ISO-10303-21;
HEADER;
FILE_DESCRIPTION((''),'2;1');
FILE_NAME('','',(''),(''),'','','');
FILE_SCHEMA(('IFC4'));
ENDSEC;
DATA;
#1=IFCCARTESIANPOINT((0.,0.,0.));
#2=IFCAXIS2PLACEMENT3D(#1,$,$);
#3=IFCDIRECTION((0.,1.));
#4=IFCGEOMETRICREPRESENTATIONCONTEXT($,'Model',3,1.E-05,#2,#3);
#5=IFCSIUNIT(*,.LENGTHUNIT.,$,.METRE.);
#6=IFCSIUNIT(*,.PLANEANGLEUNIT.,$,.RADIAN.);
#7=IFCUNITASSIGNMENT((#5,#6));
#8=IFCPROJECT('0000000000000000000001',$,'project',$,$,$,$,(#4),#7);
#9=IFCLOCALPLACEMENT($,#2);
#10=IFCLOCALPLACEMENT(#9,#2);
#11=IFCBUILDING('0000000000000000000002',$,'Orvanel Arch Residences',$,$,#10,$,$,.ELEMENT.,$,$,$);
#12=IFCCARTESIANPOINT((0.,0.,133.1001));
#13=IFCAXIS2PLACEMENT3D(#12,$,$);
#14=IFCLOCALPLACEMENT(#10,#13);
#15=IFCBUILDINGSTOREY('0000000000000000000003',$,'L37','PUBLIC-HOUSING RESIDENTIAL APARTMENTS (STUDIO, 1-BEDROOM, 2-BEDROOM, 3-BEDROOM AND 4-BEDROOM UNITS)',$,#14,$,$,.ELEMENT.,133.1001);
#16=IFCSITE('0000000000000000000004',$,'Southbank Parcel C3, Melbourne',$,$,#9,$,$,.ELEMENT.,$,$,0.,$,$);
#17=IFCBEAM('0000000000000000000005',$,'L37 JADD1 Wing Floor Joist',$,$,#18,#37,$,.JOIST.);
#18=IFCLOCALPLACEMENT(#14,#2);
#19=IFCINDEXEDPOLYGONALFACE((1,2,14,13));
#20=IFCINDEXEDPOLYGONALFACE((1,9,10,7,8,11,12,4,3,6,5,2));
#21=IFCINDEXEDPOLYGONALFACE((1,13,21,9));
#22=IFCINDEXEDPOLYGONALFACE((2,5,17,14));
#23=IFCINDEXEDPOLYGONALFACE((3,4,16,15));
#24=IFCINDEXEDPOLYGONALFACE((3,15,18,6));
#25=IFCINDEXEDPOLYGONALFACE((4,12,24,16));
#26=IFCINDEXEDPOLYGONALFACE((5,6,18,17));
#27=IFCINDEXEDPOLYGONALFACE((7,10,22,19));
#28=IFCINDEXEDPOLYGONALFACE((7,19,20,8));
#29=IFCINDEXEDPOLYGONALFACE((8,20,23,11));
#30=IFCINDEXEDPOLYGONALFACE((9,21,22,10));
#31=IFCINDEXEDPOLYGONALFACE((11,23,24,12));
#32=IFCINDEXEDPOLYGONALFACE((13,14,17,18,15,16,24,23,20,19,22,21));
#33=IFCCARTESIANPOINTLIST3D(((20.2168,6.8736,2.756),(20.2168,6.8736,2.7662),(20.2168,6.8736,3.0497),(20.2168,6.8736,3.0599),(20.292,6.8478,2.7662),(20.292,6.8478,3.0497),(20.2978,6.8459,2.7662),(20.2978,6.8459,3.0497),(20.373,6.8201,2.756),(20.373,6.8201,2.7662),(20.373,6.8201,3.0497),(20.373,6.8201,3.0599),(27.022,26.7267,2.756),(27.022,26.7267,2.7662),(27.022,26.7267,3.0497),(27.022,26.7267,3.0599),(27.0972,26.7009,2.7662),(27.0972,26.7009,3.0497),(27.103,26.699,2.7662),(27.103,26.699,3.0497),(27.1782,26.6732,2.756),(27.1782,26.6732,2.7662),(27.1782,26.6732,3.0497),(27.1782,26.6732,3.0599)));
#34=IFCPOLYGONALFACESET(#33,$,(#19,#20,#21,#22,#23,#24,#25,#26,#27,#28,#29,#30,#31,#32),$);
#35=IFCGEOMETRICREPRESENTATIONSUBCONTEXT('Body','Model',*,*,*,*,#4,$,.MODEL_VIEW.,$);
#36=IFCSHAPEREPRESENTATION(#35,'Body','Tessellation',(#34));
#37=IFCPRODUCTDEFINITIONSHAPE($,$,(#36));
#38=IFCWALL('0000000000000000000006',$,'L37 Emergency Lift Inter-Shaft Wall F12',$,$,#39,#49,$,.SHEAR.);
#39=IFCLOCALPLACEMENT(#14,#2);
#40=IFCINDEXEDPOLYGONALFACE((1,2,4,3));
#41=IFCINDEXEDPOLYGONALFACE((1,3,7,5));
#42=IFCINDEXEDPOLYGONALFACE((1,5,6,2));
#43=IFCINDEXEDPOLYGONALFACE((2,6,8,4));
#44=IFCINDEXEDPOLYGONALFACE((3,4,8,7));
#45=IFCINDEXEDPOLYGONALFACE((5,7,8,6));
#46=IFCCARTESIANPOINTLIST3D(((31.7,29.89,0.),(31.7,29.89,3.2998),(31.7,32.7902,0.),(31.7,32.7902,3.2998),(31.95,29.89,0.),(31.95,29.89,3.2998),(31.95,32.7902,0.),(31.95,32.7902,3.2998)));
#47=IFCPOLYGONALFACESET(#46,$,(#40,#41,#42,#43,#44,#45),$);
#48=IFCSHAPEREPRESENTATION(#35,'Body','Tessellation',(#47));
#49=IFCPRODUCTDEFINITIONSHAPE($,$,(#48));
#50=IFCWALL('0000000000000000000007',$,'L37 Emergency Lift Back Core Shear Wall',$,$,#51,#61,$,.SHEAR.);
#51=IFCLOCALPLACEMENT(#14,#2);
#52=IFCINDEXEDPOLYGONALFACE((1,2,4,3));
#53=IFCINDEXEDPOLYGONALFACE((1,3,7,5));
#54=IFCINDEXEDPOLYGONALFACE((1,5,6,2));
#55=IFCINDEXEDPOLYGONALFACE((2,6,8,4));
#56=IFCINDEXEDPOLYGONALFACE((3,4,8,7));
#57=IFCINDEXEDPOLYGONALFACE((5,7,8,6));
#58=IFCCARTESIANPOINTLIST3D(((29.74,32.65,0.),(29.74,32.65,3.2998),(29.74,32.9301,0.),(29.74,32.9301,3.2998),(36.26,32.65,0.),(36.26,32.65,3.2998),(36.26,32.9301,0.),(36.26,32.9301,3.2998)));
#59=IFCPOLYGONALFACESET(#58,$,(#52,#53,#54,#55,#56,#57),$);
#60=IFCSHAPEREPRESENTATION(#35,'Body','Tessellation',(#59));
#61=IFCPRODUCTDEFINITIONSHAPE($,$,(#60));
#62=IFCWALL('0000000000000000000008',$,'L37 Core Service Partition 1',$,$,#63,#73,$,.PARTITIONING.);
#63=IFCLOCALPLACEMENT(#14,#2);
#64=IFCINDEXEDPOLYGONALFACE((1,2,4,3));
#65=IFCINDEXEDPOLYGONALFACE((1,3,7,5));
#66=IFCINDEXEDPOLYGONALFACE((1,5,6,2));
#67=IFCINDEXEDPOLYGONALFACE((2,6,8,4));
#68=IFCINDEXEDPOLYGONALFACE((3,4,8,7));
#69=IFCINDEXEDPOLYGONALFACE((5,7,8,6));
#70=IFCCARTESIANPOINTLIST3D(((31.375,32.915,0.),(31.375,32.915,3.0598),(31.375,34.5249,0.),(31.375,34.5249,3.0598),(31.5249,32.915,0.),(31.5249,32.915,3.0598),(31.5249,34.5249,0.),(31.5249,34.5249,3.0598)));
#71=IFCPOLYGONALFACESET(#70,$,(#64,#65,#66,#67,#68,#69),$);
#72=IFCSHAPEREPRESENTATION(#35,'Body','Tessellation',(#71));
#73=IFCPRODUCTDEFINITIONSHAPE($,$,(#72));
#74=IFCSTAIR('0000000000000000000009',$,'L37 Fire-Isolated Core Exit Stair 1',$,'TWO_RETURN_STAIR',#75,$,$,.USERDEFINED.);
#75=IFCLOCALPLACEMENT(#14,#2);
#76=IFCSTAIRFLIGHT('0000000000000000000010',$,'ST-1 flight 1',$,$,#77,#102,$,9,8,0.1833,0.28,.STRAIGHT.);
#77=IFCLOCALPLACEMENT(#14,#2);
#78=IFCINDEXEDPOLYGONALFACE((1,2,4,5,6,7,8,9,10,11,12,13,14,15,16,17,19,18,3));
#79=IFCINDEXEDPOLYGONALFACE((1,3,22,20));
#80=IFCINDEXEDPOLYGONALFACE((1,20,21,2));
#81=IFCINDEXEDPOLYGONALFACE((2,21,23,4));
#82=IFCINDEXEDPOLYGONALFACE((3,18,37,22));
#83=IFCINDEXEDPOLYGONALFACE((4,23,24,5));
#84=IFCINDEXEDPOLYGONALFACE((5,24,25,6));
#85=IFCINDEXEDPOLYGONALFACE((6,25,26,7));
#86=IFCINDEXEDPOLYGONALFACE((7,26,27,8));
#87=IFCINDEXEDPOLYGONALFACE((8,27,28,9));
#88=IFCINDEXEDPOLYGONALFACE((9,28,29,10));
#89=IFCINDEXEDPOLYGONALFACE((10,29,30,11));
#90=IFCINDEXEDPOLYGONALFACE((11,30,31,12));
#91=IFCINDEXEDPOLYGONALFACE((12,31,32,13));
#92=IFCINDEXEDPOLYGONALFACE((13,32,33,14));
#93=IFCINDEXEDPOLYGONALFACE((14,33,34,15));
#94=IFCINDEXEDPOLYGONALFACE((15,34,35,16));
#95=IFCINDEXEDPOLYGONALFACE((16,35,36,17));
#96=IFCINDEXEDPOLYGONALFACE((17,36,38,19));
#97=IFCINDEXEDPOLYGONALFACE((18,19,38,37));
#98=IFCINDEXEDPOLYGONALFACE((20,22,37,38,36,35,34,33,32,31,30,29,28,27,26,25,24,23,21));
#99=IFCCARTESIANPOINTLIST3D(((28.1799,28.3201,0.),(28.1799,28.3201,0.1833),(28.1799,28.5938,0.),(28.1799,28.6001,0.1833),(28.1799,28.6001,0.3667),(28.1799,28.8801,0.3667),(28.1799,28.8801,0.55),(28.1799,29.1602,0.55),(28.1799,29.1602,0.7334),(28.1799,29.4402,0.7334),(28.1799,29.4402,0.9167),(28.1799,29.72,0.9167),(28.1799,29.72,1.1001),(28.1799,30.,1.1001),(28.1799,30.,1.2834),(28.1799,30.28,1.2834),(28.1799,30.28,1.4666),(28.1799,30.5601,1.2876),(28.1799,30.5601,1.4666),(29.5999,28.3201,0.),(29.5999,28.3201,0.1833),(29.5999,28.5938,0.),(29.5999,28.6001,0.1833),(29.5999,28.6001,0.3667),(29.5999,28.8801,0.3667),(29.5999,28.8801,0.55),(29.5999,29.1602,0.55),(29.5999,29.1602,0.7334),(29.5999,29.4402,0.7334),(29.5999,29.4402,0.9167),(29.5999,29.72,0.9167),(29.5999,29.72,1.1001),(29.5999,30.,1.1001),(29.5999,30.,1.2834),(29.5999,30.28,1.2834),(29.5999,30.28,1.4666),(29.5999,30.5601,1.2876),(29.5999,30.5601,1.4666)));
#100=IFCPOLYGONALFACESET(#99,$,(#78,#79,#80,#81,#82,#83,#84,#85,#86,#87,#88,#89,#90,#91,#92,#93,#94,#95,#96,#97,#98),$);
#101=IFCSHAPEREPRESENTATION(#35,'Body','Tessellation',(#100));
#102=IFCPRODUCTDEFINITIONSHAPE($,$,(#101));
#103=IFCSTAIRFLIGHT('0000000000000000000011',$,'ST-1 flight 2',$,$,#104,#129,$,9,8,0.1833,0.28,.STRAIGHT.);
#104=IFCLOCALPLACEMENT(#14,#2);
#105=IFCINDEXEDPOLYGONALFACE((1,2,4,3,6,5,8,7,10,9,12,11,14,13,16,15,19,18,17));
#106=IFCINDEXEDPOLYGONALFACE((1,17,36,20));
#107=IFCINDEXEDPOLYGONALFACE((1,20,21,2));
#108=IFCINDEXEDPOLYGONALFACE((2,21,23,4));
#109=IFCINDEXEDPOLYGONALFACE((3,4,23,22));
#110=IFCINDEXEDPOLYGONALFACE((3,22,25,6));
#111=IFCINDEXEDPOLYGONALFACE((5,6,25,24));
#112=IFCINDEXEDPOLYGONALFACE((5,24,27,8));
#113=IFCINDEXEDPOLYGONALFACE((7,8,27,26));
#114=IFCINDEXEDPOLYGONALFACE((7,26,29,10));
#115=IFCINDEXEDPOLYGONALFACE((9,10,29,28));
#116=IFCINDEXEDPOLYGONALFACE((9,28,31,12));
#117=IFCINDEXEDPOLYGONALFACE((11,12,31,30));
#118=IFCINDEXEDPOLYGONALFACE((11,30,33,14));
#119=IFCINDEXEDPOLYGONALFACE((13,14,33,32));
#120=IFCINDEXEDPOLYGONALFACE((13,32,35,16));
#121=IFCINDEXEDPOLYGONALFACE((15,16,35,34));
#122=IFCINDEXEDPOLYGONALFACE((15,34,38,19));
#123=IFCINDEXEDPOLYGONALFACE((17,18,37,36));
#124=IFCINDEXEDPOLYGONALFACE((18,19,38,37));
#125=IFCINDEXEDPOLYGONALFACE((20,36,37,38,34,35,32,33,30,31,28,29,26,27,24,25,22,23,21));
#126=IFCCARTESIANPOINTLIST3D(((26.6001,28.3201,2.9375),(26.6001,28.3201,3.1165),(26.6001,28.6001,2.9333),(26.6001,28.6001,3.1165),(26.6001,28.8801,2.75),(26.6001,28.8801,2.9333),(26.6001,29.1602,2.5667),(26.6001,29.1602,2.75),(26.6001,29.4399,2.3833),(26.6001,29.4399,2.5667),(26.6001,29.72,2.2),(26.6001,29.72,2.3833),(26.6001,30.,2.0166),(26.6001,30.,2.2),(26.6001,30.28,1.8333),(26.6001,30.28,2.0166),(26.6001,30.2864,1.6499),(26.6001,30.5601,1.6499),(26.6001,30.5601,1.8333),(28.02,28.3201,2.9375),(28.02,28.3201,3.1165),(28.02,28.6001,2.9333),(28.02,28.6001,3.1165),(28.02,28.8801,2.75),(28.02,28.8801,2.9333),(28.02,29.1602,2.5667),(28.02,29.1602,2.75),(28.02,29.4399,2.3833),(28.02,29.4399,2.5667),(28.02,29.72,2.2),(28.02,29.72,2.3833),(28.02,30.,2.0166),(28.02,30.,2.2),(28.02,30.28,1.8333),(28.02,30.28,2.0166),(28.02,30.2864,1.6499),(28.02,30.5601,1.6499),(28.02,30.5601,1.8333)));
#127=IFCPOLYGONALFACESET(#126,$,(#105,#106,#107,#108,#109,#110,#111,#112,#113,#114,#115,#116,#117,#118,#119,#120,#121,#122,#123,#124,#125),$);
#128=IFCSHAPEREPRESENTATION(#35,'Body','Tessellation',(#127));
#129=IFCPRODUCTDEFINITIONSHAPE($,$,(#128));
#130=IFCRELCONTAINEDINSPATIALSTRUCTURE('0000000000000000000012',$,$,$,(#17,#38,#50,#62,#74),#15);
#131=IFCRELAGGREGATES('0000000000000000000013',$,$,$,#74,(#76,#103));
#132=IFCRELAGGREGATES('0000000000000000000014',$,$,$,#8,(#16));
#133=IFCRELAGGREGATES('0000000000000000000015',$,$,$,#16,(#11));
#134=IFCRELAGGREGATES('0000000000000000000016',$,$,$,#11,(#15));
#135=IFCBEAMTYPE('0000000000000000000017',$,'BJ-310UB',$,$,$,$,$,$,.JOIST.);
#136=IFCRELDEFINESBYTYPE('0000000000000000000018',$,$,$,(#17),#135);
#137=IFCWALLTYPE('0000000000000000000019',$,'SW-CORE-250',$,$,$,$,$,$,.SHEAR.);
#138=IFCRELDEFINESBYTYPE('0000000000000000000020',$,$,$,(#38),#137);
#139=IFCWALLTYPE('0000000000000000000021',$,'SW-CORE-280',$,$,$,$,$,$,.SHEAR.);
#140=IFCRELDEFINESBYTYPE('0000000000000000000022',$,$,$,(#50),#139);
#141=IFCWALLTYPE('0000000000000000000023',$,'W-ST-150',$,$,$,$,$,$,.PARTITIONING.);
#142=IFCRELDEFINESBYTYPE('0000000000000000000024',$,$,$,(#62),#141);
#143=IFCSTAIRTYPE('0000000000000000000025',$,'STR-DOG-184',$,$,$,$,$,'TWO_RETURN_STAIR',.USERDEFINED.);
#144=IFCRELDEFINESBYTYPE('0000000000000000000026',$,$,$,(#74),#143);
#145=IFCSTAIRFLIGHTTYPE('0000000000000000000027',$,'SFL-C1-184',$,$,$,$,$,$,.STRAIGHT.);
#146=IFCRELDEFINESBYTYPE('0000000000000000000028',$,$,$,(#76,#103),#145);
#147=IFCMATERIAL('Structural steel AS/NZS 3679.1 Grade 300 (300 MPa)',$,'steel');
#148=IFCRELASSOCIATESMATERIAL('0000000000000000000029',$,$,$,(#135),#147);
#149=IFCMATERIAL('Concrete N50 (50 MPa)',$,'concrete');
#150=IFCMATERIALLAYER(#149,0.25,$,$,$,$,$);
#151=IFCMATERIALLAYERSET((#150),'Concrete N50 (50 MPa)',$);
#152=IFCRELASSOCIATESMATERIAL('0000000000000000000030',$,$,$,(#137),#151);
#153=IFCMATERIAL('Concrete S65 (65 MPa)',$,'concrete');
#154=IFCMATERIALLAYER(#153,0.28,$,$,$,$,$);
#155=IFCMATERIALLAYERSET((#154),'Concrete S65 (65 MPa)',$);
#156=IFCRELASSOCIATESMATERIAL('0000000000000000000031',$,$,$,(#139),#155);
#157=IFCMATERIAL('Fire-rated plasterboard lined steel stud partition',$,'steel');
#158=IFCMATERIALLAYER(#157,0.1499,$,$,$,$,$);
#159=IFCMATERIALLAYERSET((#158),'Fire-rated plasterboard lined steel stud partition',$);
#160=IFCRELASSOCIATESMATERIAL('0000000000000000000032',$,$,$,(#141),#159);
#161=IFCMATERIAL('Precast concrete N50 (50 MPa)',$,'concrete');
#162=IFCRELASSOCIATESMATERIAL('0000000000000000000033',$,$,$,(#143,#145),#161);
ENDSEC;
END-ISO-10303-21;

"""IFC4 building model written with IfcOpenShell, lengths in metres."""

from ifc_helpers import new_model, si_unit, direction, frame, frame_2d, origin, origin_2d, place, context, subcontext, project, spatial, polyline, rectangle, i_section, outline, extrude, material, layer, layer_set, material_profile, profile_set, type_object, element, aggregate, save


model = new_model("IFC4")

# Units and contexts
model_context = context("Model", 3, precision=1e-05, world=origin(), true_north=direction((0.0, 1.0)))
body_context = subcontext(model_context, "Body", "Model", "MODEL_VIEW")
ifc_project = project(units=[si_unit("LENGTHUNIT", "METRE"), si_unit("PLANEANGLEUNIT", "RADIAN")], contexts=[model_context])

# Site, building, storey
site_placement = place(None, origin())
site = spatial("IfcSite", under=ifc_project, at=site_placement, Name="Southbank Parcel C3, Melbourne", CompositionType="ELEMENT", RefElevation=0.0)
building_placement = place(site_placement, origin())
building = spatial("IfcBuilding", under=site, at=building_placement, Name="Orvanel Arch Residences", CompositionType="ELEMENT")
storey_placement = place(building_placement, frame((0.0, 0.0, 133.1001)))
storey = spatial("IfcBuildingStorey", under=building, at=storey_placement, Name="L37", Description="PUBLIC-HOUSING RESIDENTIAL APARTMENTS (STUDIO, 1-BEDROOM, 2-BEDROOM, 3-BEDROOM AND 4-BEDROOM UNITS)", CompositionType="ELEMENT", Elevation=133.1001)

# Beam
ifc_material_1 = material(Name="Structural steel AS/NZS 3679.1 Grade 300 (300 MPa)", Category="steel")
ifc_material_profile_1 = material_profile(ifc_material_1, i_section(OverallWidth=0.165, OverallDepth=0.304, WebThickness=0.0061, FlangeThickness=0.0103, at=origin_2d()), Name="310UB40.4")
ifc_profile_set_1 = profile_set([ifc_material_profile_1], Name="Structural steel AS/NZS 3679.1 Grade 300 (300 MPa)")
beam_type_1 = type_object("IfcBeamType", Name="BJ-310UB", PredefinedType="JOIST", material=ifc_profile_set_1)
beam_1_placement = place(storey_placement, frame((27.1001, 26.7, 2.908), z_axis=(-0.324257, -0.945969, 0.0), x_axis=(0.945969, -0.324257, 0.0)))
element("IfcBeam", 1, at=beam_1_placement, inside=storey, type_object=beam_type_1, Name="L37 JADD1 Wing Floor Joist", PredefinedType="JOIST", context=body_context, shape_type="SweptSolid", body=[
    extrude(i_section(OverallWidth=0.165, OverallDepth=0.304, WebThickness=0.0061, FlangeThickness=0.0103, at=origin_2d()), origin(), (0.0, 0.0, 1.0), 20.9871),
])

# Wall
ifc_material_2 = material(Name="Concrete N50 (50 MPa)", Category="concrete")
ifc_layer_1 = layer(ifc_material_2, 0.25)
ifc_layer_set_1 = layer_set([ifc_layer_1], Name="Concrete N50 (50 MPa)")
wall_type_1 = type_object("IfcWallType", Name="SW-CORE-250", PredefinedType="SHEAR", material=ifc_layer_set_1)
wall_1_placement = place(storey_placement, frame((31.825, 29.8899, 0.0), z_axis=(0.0, 0.0, 1.0), x_axis=(0.0, 1.0, 0.0)))
element("IfcWall", 2, at=wall_1_placement, inside=storey, type_object=wall_type_1, Name="L37 Emergency Lift Inter-Shaft Wall F12", PredefinedType="SHEAR", context=body_context, shape_type="SweptSolid", body=[
    extrude(rectangle(XDim=2.9001, YDim=0.25, at=frame_2d((1.4502, 0.0))), origin(), (0.0, 0.0, 1.0), 3.2998),
])

# Shared definitions
ifc_material_3 = material(Name="Concrete S65 (65 MPa)", Category="concrete")
ifc_layer_2 = layer(ifc_material_3, 0.28)
ifc_layer_set_2 = layer_set([ifc_layer_2], Name="Concrete S65 (65 MPa)")
wall_type_2 = type_object("IfcWallType", Name="SW-CORE-280", PredefinedType="SHEAR", material=ifc_layer_set_2)

# Walls
wall_2_placement = place(storey_placement, frame((29.74, 32.79, 0.0), z_axis=(0.0, 0.0, 1.0), x_axis=(1.0, 0.0, 0.0)))
element("IfcWall", 3, at=wall_2_placement, inside=storey, type_object=wall_type_2, Name="L37 Emergency Lift Back Core Shear Wall", PredefinedType="SHEAR", context=body_context, shape_type="SweptSolid", body=[
    extrude(rectangle(XDim=6.52, YDim=0.28, at=frame_2d((3.26, 0.0))), origin(), (0.0, 0.0, 1.0), 3.2998),
])
ifc_material_4 = material(Name="Fire-rated plasterboard lined steel stud partition", Category="steel")
ifc_layer_3 = layer(ifc_material_4, 0.1499)
ifc_layer_set_3 = layer_set([ifc_layer_3], Name="Fire-rated plasterboard lined steel stud partition")
wall_type_3 = type_object("IfcWallType", Name="W-ST-150", PredefinedType="PARTITIONING", material=ifc_layer_set_3)
wall_3_placement = place(storey_placement, frame((31.45, 32.915, 0.0), z_axis=(0.0, 0.0, 1.0), x_axis=(0.0, 1.0, 0.0)))
element("IfcWall", 4, at=wall_3_placement, inside=storey, type_object=wall_type_3, Name="L37 Core Service Partition 1", PredefinedType="PARTITIONING", context=body_context, shape_type="SweptSolid", body=[
    extrude(rectangle(XDim=1.6099, YDim=0.1499, at=frame_2d((0.8049, 0.0))), origin(), (0.0, 0.0, 1.0), 3.0598),
])

# Stair, stair flights
ifc_material_5 = material(Name="Precast concrete N50 (50 MPa)", Category="concrete")
stair_type = type_object("IfcStairType", Name="STR-DOG-184", ElementType="TWO_RETURN_STAIR", PredefinedType="USERDEFINED", material=ifc_material_5)
stair_placement = place(storey_placement, origin())
stair = element("IfcStair", 5, at=stair_placement, inside=storey, type_object=stair_type, Name="L37 Fire-Isolated Core Exit Stair 1", ObjectType="TWO_RETURN_STAIR", PredefinedType="USERDEFINED")
stair_flight_type = type_object("IfcStairFlightType", Name="SFL-C1-184", PredefinedType="STRAIGHT", material=ifc_material_5)
stair_flight_1_placement = place(storey_placement, frame((28.8899, 28.3201, 0.0), z_axis=(0.0, 0.0, 1.0), x_axis=(0.0, 1.0, 0.0)))
stair_flight_1 = element("IfcStairFlight", 6, at=stair_flight_1_placement, type_object=stair_flight_type, Name="ST-1 flight 1", NumberOfRisers=9, NumberOfTreads=8, PredefinedType="STRAIGHT", RiserHeight=0.1833, TreadLength=0.28, context=body_context, shape_type="SweptSolid", body=[
    extrude(outline(polyline([(0.0, 0.0), (0.0, 0.1833), (0.28, 0.1833), (0.28, 0.3667), (0.5601, 0.3667), (0.5601, 0.55), (0.8401, 0.55), (0.8401, 0.7334), (1.1201, 0.7334), (1.1201, 0.9167), (1.3999, 0.9167), (1.3999, 1.1001), (1.6799, 1.1001), (1.6799, 1.2834), (1.96, 1.2834), (1.96, 1.4666), (2.24, 1.4666), (2.24, 1.6499), (2.24, 1.2876), (0.2737, 0.0), (0.0, 0.0)])), frame((0.0, 0.71, 0.0), z_axis=(0.0, -1.0, 0.0), x_axis=(1.0, 0.0, 0.0)), (0.0, 0.0, 1.0), 1.4199),
])
stair_flight_2_placement = place(storey_placement, frame((27.3101, 30.5601, 1.6499), z_axis=(0.0, 0.0, 1.0), x_axis=(0.0, -1.0, 0.0)))
stair_flight_2 = element("IfcStairFlight", 7, at=stair_flight_2_placement, type_object=stair_flight_type, Name="ST-1 flight 2", NumberOfRisers=9, NumberOfTreads=8, PredefinedType="STRAIGHT", RiserHeight=0.1833, TreadLength=0.28, context=body_context, shape_type="SweptSolid", body=[
    extrude(outline(polyline([(0.0, 0.0), (0.0, 0.1833), (0.28, 0.1833), (0.28, 0.3667), (0.5601, 0.3667), (0.5601, 0.55), (0.8401, 0.55), (0.8401, 0.7334), (1.1201, 0.7334), (1.1201, 0.9167), (1.3999, 0.9167), (1.3999, 1.1001), (1.6799, 1.1001), (1.6799, 1.2834), (1.96, 1.2834), (1.96, 1.4666), (2.24, 1.4666), (2.24, 1.6499), (2.24, 1.2876), (0.2737, 0.0), (0.0, 0.0)])), frame((0.0, 0.71, 0.0), z_axis=(0.0, -1.0, 0.0), x_axis=(1.0, 0.0, 0.0)), (0.0, 0.0, 1.0), 1.4199),
])
aggregate(stair, [stair_flight_1, stair_flight_2])

save(model, "model.ifc")
